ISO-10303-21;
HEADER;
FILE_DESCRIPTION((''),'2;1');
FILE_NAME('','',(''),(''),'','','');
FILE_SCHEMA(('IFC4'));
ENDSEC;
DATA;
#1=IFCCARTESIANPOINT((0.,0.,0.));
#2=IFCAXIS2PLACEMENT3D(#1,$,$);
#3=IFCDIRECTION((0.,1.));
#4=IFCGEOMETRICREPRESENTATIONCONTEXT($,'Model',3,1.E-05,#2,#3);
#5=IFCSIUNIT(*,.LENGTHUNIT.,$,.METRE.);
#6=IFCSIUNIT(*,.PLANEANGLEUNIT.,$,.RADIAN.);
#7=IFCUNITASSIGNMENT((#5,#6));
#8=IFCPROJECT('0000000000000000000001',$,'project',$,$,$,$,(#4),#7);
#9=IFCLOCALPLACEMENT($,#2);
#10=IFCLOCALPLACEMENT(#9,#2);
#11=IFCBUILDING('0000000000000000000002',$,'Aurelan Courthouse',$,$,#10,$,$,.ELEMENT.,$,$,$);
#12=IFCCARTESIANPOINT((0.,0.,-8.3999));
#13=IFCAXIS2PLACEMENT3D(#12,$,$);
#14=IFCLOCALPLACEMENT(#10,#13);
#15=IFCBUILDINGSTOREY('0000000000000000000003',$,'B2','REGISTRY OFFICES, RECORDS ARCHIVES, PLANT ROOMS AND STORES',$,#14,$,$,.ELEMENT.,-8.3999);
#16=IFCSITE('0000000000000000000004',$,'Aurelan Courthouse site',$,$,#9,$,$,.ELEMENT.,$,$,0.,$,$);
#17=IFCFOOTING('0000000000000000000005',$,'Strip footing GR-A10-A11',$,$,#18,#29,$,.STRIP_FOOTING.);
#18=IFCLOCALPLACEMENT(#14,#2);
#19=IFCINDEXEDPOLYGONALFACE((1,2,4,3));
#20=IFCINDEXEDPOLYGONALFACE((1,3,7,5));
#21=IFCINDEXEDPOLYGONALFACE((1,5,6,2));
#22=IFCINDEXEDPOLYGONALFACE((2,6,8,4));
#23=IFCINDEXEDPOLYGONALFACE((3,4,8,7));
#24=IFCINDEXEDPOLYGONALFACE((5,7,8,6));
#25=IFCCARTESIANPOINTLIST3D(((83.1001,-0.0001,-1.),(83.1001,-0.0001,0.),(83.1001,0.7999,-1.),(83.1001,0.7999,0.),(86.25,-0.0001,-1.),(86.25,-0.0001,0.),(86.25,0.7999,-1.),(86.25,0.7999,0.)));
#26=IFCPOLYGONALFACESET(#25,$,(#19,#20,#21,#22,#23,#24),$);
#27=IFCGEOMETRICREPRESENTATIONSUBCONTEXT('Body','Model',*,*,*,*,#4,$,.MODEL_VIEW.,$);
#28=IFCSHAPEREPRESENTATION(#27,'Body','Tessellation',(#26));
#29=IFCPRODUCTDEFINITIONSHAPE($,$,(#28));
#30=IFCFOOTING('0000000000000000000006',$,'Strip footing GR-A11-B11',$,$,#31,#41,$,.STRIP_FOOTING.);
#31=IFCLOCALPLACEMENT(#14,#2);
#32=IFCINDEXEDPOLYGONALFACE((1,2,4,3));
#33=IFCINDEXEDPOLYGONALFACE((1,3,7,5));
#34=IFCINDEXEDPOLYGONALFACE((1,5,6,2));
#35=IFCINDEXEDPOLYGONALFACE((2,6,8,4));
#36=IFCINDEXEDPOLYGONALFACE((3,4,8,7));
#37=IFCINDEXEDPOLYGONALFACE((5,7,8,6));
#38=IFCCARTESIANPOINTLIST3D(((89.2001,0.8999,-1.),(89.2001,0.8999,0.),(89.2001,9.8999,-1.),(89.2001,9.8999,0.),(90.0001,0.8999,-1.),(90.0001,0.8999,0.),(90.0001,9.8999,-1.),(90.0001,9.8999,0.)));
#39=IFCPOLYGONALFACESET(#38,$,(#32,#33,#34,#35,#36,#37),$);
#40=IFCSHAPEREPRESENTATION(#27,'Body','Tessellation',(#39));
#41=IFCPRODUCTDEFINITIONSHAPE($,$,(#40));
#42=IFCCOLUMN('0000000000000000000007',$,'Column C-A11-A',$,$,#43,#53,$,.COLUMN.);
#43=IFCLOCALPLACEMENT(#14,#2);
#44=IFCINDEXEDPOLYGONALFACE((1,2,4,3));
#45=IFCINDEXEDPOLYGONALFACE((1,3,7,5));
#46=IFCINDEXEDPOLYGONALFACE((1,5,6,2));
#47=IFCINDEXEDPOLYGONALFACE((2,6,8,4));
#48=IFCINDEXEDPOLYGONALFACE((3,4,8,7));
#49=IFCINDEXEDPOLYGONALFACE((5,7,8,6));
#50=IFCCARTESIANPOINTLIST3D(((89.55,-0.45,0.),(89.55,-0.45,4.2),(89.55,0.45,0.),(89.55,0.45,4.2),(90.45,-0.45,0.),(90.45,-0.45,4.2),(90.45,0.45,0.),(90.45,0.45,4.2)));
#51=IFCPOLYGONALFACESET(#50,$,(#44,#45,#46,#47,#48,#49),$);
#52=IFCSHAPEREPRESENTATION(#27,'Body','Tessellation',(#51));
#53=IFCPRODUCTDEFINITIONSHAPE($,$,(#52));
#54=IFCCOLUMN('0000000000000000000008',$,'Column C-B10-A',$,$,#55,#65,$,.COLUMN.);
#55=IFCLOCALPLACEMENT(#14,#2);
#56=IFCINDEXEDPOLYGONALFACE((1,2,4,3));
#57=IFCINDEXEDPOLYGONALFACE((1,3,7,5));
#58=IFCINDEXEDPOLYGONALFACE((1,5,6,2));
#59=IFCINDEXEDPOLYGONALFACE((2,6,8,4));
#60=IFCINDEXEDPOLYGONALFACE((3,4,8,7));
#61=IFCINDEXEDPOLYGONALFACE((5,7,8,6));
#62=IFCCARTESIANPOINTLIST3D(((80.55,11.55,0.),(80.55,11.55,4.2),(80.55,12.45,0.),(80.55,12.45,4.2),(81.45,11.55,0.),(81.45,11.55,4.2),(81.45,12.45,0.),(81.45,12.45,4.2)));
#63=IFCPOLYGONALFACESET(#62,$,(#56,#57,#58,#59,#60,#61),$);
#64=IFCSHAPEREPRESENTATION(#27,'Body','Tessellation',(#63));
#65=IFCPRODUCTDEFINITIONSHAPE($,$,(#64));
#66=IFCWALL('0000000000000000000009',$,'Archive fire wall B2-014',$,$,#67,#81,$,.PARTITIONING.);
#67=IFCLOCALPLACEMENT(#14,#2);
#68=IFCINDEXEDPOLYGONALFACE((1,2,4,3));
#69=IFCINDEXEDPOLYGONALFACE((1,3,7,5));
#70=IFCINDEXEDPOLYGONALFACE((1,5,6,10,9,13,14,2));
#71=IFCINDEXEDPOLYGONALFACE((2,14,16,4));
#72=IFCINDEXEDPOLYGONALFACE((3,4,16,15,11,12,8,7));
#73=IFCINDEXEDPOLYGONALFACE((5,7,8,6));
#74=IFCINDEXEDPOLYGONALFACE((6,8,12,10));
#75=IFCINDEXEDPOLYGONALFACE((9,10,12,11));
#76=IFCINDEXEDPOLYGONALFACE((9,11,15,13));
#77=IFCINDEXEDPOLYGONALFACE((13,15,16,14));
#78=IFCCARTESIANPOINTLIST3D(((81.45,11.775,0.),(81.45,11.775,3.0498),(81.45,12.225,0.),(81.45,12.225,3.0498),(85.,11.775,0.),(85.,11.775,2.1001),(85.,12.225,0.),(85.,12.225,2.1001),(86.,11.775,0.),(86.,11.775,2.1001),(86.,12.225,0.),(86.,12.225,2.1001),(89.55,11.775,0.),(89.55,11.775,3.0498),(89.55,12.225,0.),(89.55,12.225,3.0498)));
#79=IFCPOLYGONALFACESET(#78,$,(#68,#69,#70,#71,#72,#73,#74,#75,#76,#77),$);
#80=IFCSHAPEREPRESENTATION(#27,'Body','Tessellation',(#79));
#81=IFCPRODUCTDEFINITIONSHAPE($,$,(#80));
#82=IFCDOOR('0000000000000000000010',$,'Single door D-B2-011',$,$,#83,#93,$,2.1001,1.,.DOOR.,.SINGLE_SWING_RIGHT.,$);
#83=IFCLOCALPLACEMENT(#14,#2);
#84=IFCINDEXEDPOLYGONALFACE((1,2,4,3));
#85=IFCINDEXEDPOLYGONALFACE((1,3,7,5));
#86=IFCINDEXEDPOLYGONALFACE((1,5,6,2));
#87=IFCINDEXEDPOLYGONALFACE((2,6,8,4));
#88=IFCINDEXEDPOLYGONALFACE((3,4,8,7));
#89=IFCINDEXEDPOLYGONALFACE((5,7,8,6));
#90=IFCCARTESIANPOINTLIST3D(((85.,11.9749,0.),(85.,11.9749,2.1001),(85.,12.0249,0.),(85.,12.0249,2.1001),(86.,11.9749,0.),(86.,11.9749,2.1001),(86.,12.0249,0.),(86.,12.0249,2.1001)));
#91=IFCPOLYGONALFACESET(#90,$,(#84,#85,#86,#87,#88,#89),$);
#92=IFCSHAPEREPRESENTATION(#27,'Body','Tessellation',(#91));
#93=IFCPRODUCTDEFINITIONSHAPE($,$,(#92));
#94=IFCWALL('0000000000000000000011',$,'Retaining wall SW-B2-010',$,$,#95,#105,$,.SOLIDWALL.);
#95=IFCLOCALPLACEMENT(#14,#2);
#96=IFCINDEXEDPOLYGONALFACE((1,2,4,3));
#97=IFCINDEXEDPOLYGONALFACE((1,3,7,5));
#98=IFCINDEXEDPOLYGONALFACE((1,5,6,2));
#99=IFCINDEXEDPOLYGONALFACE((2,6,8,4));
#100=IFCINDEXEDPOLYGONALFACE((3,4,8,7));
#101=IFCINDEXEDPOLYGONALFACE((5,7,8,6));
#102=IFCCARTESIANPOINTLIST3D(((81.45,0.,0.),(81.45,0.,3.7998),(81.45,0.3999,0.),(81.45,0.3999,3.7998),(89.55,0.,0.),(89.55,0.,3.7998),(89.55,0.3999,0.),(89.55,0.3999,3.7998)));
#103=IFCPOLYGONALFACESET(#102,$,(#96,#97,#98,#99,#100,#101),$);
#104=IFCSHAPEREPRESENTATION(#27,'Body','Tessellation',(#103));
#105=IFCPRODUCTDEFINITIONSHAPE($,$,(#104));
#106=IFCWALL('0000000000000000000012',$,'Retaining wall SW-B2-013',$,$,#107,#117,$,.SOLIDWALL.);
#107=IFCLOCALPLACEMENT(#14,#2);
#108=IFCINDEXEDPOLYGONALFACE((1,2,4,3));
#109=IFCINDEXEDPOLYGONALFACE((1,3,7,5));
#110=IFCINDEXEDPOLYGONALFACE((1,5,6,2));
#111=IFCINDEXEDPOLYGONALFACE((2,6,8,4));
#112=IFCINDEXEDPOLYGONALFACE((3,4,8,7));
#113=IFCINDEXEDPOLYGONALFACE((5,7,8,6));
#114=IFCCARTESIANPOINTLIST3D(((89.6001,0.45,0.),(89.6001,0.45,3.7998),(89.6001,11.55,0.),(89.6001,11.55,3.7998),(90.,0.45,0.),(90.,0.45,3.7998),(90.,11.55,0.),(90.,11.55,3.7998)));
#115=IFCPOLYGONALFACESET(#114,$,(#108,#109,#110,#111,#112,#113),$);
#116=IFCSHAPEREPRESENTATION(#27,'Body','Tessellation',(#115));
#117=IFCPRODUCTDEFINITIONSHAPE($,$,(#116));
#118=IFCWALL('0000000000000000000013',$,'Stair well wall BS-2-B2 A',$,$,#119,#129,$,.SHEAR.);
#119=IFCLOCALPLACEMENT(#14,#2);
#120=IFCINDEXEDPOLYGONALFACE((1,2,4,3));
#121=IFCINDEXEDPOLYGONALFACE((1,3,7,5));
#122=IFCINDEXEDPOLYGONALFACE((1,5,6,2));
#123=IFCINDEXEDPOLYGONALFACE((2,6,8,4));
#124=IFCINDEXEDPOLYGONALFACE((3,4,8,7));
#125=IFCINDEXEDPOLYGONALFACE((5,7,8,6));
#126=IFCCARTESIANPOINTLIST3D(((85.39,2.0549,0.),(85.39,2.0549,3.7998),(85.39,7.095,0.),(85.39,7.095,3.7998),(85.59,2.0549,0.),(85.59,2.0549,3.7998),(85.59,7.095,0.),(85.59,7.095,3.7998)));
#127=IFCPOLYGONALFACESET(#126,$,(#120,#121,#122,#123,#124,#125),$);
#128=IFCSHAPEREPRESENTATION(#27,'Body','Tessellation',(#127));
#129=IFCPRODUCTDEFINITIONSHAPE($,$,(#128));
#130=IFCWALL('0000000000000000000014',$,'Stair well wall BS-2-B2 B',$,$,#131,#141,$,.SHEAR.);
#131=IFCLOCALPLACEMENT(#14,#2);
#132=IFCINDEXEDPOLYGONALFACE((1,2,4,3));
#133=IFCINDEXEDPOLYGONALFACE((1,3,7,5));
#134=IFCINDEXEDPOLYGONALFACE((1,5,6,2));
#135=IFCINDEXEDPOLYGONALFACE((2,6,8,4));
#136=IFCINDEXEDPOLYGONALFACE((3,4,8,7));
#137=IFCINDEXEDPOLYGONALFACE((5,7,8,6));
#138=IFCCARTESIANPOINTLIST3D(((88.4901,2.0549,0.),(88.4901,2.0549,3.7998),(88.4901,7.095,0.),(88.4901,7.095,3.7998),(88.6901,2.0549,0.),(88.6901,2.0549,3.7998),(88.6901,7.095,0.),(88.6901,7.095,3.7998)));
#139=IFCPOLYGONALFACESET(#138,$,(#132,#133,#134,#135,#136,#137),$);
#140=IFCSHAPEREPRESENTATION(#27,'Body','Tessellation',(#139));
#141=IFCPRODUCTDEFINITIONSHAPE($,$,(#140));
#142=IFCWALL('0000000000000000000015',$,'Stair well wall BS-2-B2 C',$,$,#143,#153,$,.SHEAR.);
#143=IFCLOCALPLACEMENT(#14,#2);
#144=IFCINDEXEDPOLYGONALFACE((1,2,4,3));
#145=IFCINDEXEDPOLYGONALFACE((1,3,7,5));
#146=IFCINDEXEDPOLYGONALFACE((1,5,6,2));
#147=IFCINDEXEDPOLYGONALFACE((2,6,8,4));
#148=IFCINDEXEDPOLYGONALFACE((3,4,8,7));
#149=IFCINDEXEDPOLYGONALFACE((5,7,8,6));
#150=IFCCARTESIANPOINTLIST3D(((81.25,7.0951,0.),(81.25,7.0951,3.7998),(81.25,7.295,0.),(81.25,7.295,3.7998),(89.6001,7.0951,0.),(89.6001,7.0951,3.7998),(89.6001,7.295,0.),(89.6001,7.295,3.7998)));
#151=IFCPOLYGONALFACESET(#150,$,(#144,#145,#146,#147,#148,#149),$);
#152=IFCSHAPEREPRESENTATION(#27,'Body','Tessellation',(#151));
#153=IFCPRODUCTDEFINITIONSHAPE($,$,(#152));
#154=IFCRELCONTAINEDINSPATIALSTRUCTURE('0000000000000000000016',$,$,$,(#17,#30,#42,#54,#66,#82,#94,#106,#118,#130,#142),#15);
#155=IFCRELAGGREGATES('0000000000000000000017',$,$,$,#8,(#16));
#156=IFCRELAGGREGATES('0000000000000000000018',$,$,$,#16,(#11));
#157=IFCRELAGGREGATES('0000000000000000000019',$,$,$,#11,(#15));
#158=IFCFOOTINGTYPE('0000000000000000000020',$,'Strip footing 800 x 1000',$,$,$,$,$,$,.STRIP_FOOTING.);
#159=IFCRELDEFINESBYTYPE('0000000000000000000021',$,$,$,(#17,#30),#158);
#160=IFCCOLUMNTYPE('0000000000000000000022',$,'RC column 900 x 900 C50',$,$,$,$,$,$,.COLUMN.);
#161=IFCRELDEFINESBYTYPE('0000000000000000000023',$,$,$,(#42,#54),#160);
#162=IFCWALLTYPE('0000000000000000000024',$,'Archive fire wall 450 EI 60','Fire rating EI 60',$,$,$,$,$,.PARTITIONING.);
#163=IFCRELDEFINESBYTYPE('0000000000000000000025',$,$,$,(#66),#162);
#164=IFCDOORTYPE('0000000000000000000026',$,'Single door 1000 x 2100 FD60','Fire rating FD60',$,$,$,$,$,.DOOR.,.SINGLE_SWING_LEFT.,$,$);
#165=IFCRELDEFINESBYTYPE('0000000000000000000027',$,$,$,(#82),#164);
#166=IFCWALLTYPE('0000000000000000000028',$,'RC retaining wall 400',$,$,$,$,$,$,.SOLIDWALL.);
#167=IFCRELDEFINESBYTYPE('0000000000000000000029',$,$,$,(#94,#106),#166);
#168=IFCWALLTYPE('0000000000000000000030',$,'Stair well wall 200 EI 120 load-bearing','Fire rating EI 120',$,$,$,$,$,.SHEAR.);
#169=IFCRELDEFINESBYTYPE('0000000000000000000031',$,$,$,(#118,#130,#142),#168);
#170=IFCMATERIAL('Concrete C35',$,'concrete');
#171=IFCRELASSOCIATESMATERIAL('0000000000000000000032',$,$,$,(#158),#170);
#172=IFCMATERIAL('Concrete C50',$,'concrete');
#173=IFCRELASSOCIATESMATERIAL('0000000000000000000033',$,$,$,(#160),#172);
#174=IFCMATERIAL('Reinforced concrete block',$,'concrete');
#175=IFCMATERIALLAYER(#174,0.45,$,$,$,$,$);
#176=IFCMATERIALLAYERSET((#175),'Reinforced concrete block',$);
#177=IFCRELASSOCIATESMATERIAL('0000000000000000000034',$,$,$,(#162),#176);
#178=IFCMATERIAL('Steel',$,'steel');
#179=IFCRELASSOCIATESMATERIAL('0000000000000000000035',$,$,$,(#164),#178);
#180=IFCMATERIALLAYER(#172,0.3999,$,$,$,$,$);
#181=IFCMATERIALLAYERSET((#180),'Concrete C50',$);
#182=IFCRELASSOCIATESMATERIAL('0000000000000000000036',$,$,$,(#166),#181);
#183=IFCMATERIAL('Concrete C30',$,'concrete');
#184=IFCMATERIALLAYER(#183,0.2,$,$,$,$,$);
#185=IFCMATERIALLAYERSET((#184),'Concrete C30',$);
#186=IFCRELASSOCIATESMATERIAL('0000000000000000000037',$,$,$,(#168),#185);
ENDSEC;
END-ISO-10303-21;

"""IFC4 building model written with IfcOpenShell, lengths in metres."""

from ifc_helpers import new_model, si_unit, direction, frame, frame_2d, origin, origin_2d, place, context, subcontext, project, spatial, rectangle, extrude, material, layer, layer_set, material_profile, profile_set, type_object, element, fill, save


model = new_model("IFC4")

# Units and contexts
model_context = context("Model", 3, precision=1e-05, world=origin(), true_north=direction((0.0, 1.0)))
body_context = subcontext(model_context, "Body", "Model", "MODEL_VIEW")
ifc_project = project(units=[si_unit("LENGTHUNIT", "METRE"), si_unit("PLANEANGLEUNIT", "RADIAN")], contexts=[model_context])

# Site, building, storey
site_placement = place(None, origin())
site = spatial("IfcSite", under=ifc_project, at=site_placement, Name="Aurelan Courthouse site", CompositionType="ELEMENT", RefElevation=0.0)
building_placement = place(site_placement, origin())
building = spatial("IfcBuilding", under=site, at=building_placement, Name="Aurelan Courthouse", CompositionType="ELEMENT")
storey_placement = place(building_placement, frame((0.0, 0.0, -8.3999)))
storey = spatial("IfcBuildingStorey", under=building, at=storey_placement, Name="B2", Description="REGISTRY OFFICES, RECORDS ARCHIVES, PLANT ROOMS AND STORES", CompositionType="ELEMENT", Elevation=-8.3999)

# Shared definitions
ifc_material_1 = material(Name="Concrete C35", Category="concrete")

# Footings
footing_type_1 = type_object("IfcFootingType", Name="Strip footing 800 x 1000", PredefinedType="STRIP_FOOTING", material=ifc_material_1)
footing_1_placement = place(storey_placement, frame((84.675, 0.3999, -1.0), z_axis=(0.0, 0.0, 1.0), x_axis=(1.0, 0.0, 0.0)))
element("IfcFooting", 1, at=footing_1_placement, inside=storey, type_object=footing_type_1, Name="Strip footing GR-A10-A11", PredefinedType="STRIP_FOOTING", context=body_context, shape_type="SweptSolid", body=[
    extrude(rectangle(XDim=3.1499, YDim=0.8, at=origin_2d()), origin(), (0.0, 0.0, 1.0), 1.0),
])
footing_2_placement = place(storey_placement, frame((89.6001, 5.3999, -1.0), z_axis=(0.0, 0.0, 1.0), x_axis=(1.0, 0.0, 0.0)))
element("IfcFooting", 2, at=footing_2_placement, inside=storey, type_object=footing_type_1, Name="Strip footing GR-A11-B11", PredefinedType="STRIP_FOOTING", context=body_context, shape_type="SweptSolid", body=[
    extrude(rectangle(XDim=0.8, YDim=9.0, at=origin_2d()), origin(), (0.0, 0.0, 1.0), 1.0),
])

# Columns
ifc_material_2 = material(Name="Concrete C50", Category="concrete")
ifc_material_profile_1 = material_profile(ifc_material_2, rectangle(XDim=0.8999, YDim=0.8999, at=origin_2d()), Name="RC 900 x 900")
ifc_profile_set_1 = profile_set([ifc_material_profile_1], Name="Concrete C50")
column_type = type_object("IfcColumnType", Name="RC column 900 x 900 C50", PredefinedType="COLUMN", material=ifc_profile_set_1)
for number, where, z_axis, x_axis, name in (
    (3, (90.0, 0.0, 0.0), (0.0, 0.0, 1.0), (1.0, 0.0, 0.0), "Column C-A11-A"),
    (4, (81.0, 12.0, 0.0), (0.0, 0.0, 1.0), (1.0, 0.0, 0.0), "Column C-B10-A"),
):
    element("IfcColumn", number, at=place(storey_placement, frame(where, z_axis=z_axis, x_axis=x_axis)), inside=storey, type_object=column_type, Name=name, PredefinedType="COLUMN", context=body_context, shape_type="SweptSolid", body=[
        extrude(rectangle(XDim=0.8999, YDim=0.8999, at=origin_2d()), origin(), (0.0, 0.0, 1.0), 4.2),
    ])

# Wall, opening, door
ifc_material_3 = material(Name="Reinforced concrete block", Category="concrete")
ifc_layer_1 = layer(ifc_material_3, 0.45)
ifc_layer_set_1 = layer_set([ifc_layer_1], Name="Reinforced concrete block")
wall_type_1 = type_object("IfcWallType", Name="Archive fire wall 450 EI 60", Description="Fire rating EI 60", PredefinedType="PARTITIONING", material=ifc_layer_set_1)
wall_1_placement = place(storey_placement, frame((81.45, 12.0, 0.0), z_axis=(0.0, 0.0, 1.0), x_axis=(1.0, 0.0, 0.0)))
wall_1 = element("IfcWall", 5, at=wall_1_placement, inside=storey, type_object=wall_type_1, Name="Archive fire wall B2-014", PredefinedType="PARTITIONING", context=body_context, shape_type="SweptSolid", body=[
    extrude(rectangle(XDim=8.1001, YDim=0.45, at=frame_2d((4.05, 0.0))), origin(), (0.0, 0.0, 1.0), 3.0498),
])
opening_placement = place(wall_1_placement, frame((3.55, 0.0, 0.0)))
opening = element("IfcOpeningElement", 6, at=opening_placement, cuts=wall_1, PredefinedType="OPENING", context=body_context, shape_type="SweptSolid", body=[
    extrude(rectangle(XDim=1.0, YDim=2.1001, at=frame_2d((0.5, 1.05))), frame((0.0, 0.2349, 0.0), z_axis=(0.0, -1.0, 0.0), x_axis=(1.0, 0.0, 0.0)), (0.0, 0.0, 1.0), 0.47),
])
ifc_material_4 = material(Name="Steel", Category="steel")
door_type = type_object("IfcDoorType", Name="Single door 1000 x 2100 FD60", Description="Fire rating FD60", OperationType="SINGLE_SWING_LEFT", PredefinedType="DOOR", material=ifc_material_4)
door_placement = place(opening_placement, origin())
door = element("IfcDoor", 7, at=door_placement, inside=storey, type_object=door_type, Name="Single door D-B2-011", OperationType="SINGLE_SWING_RIGHT", OverallHeight=2.1001, OverallWidth=1.0, PredefinedType="DOOR", context=body_context, shape_type="SweptSolid", body=[
    extrude(rectangle(XDim=1.0, YDim=2.1001, at=frame_2d((0.5, 1.05))), frame((0.0, 0.0249, 0.0), z_axis=(0.0, -1.0, 0.0), x_axis=(1.0, 0.0, 0.0)), (0.0, 0.0, 1.0), 0.05),
])
fill(opening, door)

# Walls
ifc_layer_2 = layer(ifc_material_2, 0.3999)
ifc_layer_set_2 = layer_set([ifc_layer_2], Name="Concrete C50")
wall_type_2 = type_object("IfcWallType", Name="RC retaining wall 400", PredefinedType="SOLIDWALL", material=ifc_layer_set_2)
wall_2_placement = place(storey_placement, frame((81.45, 0.2, 0.0), z_axis=(0.0, 0.0, 1.0), x_axis=(1.0, 0.0, 0.0)))
element("IfcWall", 8, at=wall_2_placement, inside=storey, type_object=wall_type_2, Name="Retaining wall SW-B2-010", PredefinedType="SOLIDWALL", context=body_context, shape_type="SweptSolid", body=[
    extrude(rectangle(XDim=8.1001, YDim=0.3999, at=frame_2d((4.05, 0.0))), origin(), (0.0, 0.0, 1.0), 3.7998),
])
wall_3_placement = place(storey_placement, frame((89.8, 0.45, 0.0), z_axis=(0.0, 0.0, 1.0), x_axis=(0.0, 1.0, 0.0)))
element("IfcWall", 9, at=wall_3_placement, inside=storey, type_object=wall_type_2, Name="Retaining wall SW-B2-013", PredefinedType="SOLIDWALL", context=body_context, shape_type="SweptSolid", body=[
    extrude(rectangle(XDim=11.1001, YDim=0.3999, at=frame_2d((5.55, 0.0))), origin(), (0.0, 0.0, 1.0), 3.7998),
])
ifc_material_5 = material(Name="Concrete C30", Category="concrete")
ifc_layer_3 = layer(ifc_material_5, 0.2)
ifc_layer_set_3 = layer_set([ifc_layer_3], Name="Concrete C30")
wall_type_3 = type_object("IfcWallType", Name="Stair well wall 200 EI 120 load-bearing", Description="Fire rating EI 120", PredefinedType="SHEAR", material=ifc_layer_set_3)
for number, where, z_axis, x_axis, name in (
    (10, (85.49, 2.0549, 0.0), (0.0, 0.0, 1.0), (0.0, 1.0, 0.0), "Stair well wall BS-2-B2 A"),
    (11, (88.5901, 2.0549, 0.0), (0.0, 0.0, 1.0), (0.0, 1.0, 0.0), "Stair well wall BS-2-B2 B"),
):
    element("IfcWall", number, at=place(storey_placement, frame(where, z_axis=z_axis, x_axis=x_axis)), inside=storey, type_object=wall_type_3, Name=name, PredefinedType="SHEAR", context=body_context, shape_type="SweptSolid", body=[
        extrude(rectangle(XDim=5.04, YDim=0.2, at=frame_2d((2.52, 0.0))), origin(), (0.0, 0.0, 1.0), 3.7998),
    ])
wall_4_placement = place(storey_placement, frame((81.25, 7.1951, 0.0), z_axis=(0.0, 0.0, 1.0), x_axis=(1.0, 0.0, 0.0)))
element("IfcWall", 12, at=wall_4_placement, inside=storey, type_object=wall_type_3, Name="Stair well wall BS-2-B2 C", PredefinedType="SHEAR", context=body_context, shape_type="SweptSolid", body=[
    extrude(rectangle(XDim=8.3501, YDim=0.2, at=frame_2d((4.175, 0.0))), origin(), (0.0, 0.0, 1.0), 3.7998),
])

save(model, "model.ifc")
